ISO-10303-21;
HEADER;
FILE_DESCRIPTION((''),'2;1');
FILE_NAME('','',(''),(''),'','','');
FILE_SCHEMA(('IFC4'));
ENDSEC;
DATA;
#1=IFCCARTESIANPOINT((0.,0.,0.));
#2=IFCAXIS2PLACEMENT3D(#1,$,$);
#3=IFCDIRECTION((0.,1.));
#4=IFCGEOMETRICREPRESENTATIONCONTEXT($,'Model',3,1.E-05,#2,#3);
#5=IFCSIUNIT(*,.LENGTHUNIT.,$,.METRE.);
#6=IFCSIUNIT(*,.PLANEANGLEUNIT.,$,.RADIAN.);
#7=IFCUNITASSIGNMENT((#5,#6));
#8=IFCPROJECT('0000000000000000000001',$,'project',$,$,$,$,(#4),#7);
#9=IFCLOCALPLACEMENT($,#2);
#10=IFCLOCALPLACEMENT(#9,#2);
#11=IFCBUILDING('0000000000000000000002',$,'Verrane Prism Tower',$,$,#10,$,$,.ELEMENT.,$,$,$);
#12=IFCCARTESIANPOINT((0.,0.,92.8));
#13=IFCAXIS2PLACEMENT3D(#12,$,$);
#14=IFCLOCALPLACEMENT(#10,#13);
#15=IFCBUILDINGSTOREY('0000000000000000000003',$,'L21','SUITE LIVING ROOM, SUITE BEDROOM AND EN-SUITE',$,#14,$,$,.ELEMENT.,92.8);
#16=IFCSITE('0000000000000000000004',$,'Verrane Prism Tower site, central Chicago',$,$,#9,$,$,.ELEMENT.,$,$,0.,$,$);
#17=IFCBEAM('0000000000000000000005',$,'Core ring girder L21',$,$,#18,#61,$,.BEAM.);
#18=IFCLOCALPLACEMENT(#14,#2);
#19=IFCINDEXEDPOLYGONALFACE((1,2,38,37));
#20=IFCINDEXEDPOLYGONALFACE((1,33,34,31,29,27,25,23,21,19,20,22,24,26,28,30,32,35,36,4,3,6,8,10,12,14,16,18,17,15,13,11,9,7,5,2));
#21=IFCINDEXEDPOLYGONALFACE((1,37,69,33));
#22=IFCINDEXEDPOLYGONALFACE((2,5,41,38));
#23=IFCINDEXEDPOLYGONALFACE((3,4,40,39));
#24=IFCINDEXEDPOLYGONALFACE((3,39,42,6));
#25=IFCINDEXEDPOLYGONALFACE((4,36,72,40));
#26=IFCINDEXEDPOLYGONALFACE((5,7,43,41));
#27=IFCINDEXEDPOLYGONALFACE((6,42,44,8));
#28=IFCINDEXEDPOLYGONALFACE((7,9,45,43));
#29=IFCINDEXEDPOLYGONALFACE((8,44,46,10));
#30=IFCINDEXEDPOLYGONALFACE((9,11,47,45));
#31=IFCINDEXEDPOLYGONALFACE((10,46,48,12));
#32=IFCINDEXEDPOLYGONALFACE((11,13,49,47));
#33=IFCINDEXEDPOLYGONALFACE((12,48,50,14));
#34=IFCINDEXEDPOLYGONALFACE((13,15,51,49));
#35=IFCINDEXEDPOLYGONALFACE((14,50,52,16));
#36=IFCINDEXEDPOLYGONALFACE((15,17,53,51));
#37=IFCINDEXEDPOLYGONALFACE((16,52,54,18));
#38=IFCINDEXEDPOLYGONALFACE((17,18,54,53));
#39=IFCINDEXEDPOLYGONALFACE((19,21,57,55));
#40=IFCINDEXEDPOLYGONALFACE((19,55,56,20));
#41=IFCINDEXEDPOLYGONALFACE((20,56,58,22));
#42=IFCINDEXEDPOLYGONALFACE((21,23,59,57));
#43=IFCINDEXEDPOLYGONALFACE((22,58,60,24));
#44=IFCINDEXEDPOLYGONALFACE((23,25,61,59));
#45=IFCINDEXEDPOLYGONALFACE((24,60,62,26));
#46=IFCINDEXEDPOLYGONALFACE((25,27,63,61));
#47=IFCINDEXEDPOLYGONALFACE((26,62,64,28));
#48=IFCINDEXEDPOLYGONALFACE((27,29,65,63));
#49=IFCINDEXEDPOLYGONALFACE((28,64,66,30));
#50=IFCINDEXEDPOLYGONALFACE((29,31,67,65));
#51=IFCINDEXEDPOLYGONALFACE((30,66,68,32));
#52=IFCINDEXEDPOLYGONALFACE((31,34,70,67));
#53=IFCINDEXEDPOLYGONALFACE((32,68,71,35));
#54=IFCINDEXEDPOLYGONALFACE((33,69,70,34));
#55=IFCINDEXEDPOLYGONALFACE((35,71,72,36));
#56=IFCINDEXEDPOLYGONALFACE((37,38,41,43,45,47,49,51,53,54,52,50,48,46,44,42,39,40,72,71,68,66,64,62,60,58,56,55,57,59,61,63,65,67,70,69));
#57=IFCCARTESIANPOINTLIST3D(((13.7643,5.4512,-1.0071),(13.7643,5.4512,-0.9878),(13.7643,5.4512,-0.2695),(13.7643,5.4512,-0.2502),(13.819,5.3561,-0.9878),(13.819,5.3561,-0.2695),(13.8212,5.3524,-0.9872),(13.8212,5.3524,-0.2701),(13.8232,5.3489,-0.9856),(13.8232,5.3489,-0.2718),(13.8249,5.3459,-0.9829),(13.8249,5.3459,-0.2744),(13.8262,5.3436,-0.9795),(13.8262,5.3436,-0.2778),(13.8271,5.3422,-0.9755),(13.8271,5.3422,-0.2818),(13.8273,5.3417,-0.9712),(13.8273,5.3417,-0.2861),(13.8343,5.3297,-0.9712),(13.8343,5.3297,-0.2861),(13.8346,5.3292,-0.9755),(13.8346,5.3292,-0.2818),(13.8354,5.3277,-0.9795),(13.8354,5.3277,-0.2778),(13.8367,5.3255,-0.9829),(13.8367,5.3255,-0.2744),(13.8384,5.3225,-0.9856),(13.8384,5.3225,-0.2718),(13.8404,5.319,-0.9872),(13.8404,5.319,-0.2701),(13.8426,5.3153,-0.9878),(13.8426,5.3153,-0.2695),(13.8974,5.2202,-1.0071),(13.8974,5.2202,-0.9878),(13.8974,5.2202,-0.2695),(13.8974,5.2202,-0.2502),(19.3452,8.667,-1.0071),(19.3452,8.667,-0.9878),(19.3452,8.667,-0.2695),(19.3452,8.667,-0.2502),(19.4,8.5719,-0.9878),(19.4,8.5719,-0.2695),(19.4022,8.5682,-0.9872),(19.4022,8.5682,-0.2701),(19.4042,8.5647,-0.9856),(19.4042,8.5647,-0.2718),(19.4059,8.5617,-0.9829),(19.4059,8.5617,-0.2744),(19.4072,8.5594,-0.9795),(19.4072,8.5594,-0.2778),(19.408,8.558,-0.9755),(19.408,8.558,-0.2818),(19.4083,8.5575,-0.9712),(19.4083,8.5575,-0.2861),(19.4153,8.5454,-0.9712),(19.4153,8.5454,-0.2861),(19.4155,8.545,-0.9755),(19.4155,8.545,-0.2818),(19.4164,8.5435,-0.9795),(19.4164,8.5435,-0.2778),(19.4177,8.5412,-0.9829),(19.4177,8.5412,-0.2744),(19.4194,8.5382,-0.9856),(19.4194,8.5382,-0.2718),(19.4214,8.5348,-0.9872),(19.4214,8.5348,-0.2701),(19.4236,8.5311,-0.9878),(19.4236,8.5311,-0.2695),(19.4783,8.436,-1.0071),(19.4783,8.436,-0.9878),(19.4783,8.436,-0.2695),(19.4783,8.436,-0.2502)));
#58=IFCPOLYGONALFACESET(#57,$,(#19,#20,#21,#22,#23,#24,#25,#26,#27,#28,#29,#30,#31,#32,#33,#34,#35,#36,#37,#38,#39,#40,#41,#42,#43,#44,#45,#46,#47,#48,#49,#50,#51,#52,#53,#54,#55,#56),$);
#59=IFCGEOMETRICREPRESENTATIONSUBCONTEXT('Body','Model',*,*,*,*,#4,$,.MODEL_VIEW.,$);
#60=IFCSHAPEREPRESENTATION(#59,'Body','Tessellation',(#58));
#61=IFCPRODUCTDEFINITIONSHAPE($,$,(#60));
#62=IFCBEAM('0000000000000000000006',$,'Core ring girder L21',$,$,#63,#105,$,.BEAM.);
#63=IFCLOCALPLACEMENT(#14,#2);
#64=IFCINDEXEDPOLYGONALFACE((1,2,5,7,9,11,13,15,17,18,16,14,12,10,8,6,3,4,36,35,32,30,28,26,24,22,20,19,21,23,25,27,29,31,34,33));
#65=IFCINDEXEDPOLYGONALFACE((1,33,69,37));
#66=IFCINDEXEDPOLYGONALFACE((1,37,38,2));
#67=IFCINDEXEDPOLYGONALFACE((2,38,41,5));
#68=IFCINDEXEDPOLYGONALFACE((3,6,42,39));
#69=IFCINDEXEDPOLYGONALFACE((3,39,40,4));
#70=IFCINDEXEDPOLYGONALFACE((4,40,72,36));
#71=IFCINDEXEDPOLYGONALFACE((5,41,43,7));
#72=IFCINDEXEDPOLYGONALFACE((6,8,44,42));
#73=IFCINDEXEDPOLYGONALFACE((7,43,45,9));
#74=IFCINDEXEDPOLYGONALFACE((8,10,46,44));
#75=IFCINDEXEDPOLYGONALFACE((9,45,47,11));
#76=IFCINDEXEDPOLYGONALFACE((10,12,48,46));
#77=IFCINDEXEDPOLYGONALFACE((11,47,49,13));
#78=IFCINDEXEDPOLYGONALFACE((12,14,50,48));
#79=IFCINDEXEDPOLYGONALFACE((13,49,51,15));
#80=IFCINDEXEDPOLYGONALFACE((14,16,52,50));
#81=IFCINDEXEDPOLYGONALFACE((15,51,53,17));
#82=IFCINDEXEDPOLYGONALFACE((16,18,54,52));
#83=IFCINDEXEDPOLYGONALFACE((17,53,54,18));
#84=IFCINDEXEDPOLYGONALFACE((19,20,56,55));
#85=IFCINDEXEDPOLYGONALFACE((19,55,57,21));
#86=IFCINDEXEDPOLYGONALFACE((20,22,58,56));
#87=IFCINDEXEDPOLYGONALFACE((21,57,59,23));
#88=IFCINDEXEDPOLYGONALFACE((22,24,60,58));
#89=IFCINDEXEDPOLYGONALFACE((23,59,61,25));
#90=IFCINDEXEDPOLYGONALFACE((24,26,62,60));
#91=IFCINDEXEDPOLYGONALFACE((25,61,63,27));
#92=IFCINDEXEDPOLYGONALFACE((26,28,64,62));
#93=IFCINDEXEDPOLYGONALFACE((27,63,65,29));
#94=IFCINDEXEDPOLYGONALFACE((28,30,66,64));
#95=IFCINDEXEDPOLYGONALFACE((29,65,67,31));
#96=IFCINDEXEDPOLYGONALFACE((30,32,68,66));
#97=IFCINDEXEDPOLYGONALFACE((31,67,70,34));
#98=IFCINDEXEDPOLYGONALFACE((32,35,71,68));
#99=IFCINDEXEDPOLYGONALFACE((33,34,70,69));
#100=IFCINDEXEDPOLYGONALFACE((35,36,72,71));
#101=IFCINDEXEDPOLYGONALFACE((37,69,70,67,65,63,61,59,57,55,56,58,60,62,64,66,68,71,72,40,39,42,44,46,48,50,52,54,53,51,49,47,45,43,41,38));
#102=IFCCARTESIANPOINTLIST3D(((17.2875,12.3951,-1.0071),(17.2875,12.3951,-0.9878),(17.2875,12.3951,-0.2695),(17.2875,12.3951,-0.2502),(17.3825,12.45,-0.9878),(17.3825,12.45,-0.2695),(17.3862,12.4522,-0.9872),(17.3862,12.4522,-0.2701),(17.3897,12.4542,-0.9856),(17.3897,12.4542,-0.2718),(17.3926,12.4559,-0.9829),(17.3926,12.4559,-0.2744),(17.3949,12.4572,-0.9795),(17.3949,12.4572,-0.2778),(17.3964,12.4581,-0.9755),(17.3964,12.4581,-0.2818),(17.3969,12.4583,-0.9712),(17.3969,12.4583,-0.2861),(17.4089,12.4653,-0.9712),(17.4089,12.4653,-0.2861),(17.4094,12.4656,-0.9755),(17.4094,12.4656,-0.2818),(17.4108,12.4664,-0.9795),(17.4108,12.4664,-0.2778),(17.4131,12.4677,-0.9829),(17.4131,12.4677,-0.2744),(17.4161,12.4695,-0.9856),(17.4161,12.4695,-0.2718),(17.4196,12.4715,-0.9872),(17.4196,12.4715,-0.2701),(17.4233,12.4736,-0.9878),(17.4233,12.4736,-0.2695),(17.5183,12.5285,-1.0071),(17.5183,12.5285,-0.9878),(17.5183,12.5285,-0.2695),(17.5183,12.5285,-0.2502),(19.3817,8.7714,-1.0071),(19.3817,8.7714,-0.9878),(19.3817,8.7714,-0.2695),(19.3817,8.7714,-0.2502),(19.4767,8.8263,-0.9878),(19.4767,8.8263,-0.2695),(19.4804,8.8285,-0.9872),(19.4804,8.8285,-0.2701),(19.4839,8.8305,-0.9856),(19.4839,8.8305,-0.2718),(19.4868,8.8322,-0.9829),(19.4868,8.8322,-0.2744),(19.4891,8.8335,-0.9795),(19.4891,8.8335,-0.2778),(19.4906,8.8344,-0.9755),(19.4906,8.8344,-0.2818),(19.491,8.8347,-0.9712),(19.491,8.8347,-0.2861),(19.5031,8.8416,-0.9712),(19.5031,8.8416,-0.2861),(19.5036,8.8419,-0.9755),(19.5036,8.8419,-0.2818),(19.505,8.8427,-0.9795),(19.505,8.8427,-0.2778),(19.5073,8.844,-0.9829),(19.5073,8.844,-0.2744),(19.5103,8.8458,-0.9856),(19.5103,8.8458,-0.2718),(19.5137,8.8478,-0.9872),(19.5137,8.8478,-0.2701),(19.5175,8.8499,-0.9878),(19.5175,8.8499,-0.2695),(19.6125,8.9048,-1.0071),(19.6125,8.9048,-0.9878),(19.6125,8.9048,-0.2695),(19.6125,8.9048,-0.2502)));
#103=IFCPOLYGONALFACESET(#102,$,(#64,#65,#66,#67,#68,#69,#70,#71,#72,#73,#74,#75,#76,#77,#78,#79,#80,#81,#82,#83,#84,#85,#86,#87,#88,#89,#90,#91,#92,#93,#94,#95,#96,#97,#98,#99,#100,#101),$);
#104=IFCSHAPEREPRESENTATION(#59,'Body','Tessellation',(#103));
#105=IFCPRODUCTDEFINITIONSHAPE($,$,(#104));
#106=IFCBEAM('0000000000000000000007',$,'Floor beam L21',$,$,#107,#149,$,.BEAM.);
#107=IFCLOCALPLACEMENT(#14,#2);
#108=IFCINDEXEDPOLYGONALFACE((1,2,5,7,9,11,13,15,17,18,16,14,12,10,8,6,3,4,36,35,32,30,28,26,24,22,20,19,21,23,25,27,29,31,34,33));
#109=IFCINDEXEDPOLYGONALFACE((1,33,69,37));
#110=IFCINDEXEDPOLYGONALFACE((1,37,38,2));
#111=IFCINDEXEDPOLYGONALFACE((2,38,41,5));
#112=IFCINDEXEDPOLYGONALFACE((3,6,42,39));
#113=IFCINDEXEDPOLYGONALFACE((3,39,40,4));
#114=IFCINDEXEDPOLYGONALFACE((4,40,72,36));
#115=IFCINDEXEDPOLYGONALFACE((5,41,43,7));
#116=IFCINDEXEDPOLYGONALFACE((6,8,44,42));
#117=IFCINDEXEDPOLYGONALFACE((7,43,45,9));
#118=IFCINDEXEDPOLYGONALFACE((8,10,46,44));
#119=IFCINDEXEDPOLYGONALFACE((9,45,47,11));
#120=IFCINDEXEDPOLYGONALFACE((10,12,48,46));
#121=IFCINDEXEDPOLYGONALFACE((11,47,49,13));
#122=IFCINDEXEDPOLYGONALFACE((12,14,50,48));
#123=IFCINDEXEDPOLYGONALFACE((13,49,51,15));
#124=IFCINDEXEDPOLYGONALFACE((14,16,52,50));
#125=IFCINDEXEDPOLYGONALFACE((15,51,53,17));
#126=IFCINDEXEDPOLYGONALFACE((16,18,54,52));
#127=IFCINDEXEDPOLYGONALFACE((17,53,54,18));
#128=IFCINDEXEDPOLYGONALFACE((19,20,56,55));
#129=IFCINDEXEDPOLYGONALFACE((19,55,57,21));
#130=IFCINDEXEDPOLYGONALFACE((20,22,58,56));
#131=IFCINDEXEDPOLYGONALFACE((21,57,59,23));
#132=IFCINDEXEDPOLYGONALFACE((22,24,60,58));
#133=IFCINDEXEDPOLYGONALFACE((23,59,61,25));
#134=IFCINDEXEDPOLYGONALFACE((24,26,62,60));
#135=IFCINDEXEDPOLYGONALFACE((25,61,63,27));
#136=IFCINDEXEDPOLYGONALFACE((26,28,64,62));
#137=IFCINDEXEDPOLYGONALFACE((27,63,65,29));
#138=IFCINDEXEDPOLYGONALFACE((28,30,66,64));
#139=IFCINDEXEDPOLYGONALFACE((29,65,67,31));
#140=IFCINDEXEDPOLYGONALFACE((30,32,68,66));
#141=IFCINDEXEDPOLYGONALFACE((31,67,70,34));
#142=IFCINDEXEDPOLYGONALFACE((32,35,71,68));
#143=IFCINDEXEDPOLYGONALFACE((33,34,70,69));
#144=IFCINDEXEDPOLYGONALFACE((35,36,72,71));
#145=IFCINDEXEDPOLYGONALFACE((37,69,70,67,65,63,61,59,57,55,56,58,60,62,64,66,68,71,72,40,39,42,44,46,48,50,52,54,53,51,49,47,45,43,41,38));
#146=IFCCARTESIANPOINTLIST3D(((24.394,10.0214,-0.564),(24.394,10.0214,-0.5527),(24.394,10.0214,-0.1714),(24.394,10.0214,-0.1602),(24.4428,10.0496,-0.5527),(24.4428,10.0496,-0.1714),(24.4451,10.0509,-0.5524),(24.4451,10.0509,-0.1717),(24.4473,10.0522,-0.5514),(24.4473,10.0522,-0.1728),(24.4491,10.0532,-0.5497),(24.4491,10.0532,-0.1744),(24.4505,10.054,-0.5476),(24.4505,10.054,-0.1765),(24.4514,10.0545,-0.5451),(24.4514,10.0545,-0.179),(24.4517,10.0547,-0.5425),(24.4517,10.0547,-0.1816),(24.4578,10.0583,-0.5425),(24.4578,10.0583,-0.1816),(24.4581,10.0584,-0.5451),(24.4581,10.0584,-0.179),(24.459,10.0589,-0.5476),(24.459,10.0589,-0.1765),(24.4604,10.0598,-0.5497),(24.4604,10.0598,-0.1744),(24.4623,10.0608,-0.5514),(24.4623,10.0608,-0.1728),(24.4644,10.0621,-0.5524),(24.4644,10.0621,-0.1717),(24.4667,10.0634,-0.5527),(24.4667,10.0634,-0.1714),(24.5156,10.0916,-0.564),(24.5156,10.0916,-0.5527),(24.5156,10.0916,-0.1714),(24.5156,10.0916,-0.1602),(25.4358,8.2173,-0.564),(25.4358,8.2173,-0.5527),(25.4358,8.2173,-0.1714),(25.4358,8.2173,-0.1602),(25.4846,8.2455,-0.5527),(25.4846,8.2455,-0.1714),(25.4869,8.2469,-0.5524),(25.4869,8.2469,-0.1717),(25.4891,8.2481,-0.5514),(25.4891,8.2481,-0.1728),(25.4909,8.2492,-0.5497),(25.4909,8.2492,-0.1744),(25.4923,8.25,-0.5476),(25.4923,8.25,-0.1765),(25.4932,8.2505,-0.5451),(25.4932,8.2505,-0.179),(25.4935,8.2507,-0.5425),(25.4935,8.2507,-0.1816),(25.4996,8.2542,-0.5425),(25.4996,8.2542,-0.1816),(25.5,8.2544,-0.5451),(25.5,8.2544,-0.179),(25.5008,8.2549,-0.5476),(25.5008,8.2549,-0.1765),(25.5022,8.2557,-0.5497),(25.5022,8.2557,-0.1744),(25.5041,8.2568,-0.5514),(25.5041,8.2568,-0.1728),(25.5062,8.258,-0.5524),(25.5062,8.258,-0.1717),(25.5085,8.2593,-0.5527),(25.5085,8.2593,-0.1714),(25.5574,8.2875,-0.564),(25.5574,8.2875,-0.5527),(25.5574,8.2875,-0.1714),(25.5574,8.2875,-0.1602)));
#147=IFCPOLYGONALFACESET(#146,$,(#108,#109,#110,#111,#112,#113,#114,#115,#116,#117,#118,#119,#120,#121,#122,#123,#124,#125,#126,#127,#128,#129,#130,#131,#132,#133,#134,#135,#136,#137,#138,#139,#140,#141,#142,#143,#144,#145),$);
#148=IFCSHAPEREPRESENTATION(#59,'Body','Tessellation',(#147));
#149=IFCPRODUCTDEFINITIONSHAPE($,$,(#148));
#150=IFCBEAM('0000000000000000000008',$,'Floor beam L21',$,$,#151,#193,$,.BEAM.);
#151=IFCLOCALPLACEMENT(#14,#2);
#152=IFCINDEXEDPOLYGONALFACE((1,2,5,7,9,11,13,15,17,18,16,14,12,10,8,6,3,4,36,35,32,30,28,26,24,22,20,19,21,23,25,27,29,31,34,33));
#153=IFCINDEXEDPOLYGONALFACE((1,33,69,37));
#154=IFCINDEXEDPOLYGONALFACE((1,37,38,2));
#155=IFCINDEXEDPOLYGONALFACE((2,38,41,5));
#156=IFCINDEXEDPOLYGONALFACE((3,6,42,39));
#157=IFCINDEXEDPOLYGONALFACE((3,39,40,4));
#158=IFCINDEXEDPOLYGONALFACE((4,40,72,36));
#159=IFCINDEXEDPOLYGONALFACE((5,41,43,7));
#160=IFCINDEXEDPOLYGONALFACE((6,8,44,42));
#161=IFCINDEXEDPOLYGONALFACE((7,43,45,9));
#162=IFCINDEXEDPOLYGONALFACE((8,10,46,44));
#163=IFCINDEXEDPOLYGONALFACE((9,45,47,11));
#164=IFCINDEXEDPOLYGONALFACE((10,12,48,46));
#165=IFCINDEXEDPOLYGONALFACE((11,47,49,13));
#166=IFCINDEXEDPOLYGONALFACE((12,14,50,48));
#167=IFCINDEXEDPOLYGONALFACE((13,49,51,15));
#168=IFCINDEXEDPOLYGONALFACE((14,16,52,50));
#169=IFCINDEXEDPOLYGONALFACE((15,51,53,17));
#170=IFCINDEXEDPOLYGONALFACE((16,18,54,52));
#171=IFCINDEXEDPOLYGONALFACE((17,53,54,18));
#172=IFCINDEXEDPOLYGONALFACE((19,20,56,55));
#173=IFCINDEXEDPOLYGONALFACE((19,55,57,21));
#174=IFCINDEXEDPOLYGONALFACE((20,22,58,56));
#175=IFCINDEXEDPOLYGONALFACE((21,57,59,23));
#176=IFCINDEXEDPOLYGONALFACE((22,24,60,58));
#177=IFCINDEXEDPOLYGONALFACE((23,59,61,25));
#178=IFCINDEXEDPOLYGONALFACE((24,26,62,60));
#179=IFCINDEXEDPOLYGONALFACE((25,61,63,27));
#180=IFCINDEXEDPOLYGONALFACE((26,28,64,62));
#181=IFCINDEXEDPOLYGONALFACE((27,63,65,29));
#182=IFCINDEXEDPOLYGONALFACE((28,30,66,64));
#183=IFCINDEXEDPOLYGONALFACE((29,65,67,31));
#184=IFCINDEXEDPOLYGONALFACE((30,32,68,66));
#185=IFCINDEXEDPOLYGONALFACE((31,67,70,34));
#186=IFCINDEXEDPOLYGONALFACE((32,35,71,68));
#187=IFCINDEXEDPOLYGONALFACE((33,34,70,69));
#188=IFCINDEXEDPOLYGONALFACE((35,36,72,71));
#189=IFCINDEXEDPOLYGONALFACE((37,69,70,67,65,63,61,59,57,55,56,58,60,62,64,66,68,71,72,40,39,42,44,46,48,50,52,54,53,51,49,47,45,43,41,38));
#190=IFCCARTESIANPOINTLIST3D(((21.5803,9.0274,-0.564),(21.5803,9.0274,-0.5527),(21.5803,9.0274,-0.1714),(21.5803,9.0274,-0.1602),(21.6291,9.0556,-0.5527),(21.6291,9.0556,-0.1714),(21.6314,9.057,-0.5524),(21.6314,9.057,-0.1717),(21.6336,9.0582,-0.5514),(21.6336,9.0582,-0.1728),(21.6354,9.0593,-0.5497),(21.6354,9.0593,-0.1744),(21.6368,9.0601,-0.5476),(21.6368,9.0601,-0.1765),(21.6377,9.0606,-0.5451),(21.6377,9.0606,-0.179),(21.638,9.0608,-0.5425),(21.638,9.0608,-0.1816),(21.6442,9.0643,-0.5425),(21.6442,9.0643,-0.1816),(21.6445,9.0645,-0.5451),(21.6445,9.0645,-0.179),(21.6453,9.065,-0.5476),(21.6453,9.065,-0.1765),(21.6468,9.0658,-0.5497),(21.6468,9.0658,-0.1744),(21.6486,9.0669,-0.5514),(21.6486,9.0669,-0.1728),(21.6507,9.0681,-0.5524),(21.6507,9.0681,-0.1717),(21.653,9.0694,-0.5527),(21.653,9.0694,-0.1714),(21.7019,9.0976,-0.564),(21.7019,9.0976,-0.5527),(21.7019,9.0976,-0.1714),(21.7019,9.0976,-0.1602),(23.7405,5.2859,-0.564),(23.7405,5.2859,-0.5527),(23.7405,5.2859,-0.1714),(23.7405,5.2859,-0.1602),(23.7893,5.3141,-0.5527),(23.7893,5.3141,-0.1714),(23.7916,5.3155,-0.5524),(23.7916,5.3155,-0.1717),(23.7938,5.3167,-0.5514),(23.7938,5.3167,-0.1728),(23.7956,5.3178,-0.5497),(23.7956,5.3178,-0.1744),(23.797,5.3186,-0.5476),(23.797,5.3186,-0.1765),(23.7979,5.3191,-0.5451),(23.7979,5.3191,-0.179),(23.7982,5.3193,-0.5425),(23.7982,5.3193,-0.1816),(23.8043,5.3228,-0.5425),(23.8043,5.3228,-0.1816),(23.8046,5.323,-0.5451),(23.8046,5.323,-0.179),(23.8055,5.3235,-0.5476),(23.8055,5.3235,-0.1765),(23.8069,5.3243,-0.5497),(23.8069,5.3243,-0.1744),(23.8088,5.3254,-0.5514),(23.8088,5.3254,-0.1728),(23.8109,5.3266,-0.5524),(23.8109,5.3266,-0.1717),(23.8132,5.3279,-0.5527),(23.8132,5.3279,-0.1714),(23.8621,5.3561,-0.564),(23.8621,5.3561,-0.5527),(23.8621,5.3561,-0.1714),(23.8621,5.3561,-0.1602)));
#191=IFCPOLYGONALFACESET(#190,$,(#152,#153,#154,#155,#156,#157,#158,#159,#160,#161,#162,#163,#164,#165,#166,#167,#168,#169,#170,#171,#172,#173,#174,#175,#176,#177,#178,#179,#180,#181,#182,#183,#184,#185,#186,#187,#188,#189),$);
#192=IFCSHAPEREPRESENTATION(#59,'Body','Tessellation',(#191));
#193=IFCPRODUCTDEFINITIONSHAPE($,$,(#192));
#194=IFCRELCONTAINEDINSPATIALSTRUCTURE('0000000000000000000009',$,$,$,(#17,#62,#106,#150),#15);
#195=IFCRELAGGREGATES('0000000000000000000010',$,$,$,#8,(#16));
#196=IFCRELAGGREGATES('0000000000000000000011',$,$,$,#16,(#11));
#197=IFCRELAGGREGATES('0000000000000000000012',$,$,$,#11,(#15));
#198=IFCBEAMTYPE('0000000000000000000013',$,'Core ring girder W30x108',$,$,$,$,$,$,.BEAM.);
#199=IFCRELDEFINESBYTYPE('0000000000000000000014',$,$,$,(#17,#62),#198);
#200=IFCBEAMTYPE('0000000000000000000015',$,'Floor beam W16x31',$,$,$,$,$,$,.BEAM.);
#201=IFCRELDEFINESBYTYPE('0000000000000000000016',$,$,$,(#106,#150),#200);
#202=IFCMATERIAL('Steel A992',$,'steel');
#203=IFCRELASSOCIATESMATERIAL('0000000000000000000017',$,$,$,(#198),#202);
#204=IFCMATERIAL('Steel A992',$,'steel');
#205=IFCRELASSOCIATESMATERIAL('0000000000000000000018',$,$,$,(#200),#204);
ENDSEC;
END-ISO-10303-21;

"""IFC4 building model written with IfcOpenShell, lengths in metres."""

from ifc_helpers import new_model, si_unit, direction, frame, origin, origin_2d, place, context, subcontext, project, spatial, i_section, extrude, material, material_profile, profile_set, type_object, element, save


model = new_model("IFC4")

# Units and contexts
model_context = context("Model", 3, precision=1e-05, world=origin(), true_north=direction((0.0, 1.0)))
body_context = subcontext(model_context, "Body", "Model", "MODEL_VIEW")
ifc_project = project(units=[si_unit("LENGTHUNIT", "METRE"), si_unit("PLANEANGLEUNIT", "RADIAN")], contexts=[model_context])

# Site, building, storey
site_placement = place(None, origin())
site = spatial("IfcSite", under=ifc_project, at=site_placement, Name="Verrane Prism Tower site, central Chicago", CompositionType="ELEMENT", RefElevation=0.0)
building_placement = place(site_placement, origin())
building = spatial("IfcBuilding", under=site, at=building_placement, Name="Verrane Prism Tower", CompositionType="ELEMENT")
storey_placement = place(building_placement, frame((0.0, 0.0, 92.8)))
storey = spatial("IfcBuildingStorey", under=building, at=storey_placement, Name="L21", Description="SUITE LIVING ROOM, SUITE BEDROOM AND EN-SUITE", CompositionType="ELEMENT", Elevation=92.8)

# Beams
ifc_material_1 = material(Name="Steel A992", Category="steel")
ifc_material_profile_1 = material_profile(ifc_material_1, i_section(OverallWidth=0.2666, OverallDepth=0.7568, WebThickness=0.0139, FlangeThickness=0.0193, FilletRadius=0.0166, at=origin_2d()), Name="W30x108")
ifc_profile_set_1 = profile_set([ifc_material_profile_1], Name="Steel A992")
beam_type_1 = type_object("IfcBeamType", Name="Core ring girder W30x108", PredefinedType="BEAM", material=ifc_profile_set_1)
beam_1_placement = place(storey_placement, frame((13.8308, 5.3357, -0.6287), z_axis=(0.866456, 0.499254, 0.0), x_axis=(-0.499254, 0.866456, 0.0)))
element("IfcBeam", 1, at=beam_1_placement, inside=storey, type_object=beam_type_1, Name="Core ring girder L21", PredefinedType="BEAM", context=body_context, shape_type="SweptSolid", body=[
    extrude(i_section(OverallWidth=0.2666, OverallDepth=0.7568, WebThickness=0.0139, FlangeThickness=0.0193, FilletRadius=0.0166, at=origin_2d()), origin(), (0.0, 0.0, 1.0), 6.4412),
])
beam_2_placement = place(storey_placement, frame((19.4971, 8.8381, -0.6287), z_axis=(-0.500367, 0.865813, 0.0), x_axis=(-0.865813, -0.500367, 0.0)))
element("IfcBeam", 2, at=beam_2_placement, inside=storey, type_object=beam_type_1, Name="Core ring girder L21", PredefinedType="BEAM", context=body_context, shape_type="SweptSolid", body=[
    extrude(i_section(OverallWidth=0.2666, OverallDepth=0.7568, WebThickness=0.0139, FlangeThickness=0.0193, FilletRadius=0.0166, at=origin_2d()), origin(), (0.0, 0.0, 1.0), 4.1853),
])
ifc_material_2 = material(Name="Steel A992", Category="steel")
ifc_material_profile_2 = material_profile(ifc_material_2, i_section(OverallWidth=0.1404, OverallDepth=0.4038, WebThickness=0.0071, FlangeThickness=0.0112, FilletRadius=0.0103, at=origin_2d()), Name="W16x31")
ifc_profile_set_2 = profile_set([ifc_material_profile_2], Name="Steel A992")
beam_type_2 = type_object("IfcBeamType", Name="Floor beam W16x31", PredefinedType="BEAM", material=ifc_profile_set_2)
beam_3_placement = place(storey_placement, frame((25.4966, 8.2524, -0.3621), z_axis=(-0.500084, 0.865977, 0.0), x_axis=(-0.865977, -0.500084, 0.0)))
element("IfcBeam", 3, at=beam_3_placement, inside=storey, type_object=beam_type_2, Name="Floor beam L21", PredefinedType="BEAM", context=body_context, shape_type="SweptSolid", body=[
    extrude(i_section(OverallWidth=0.1404, OverallDepth=0.4038, WebThickness=0.0071, FlangeThickness=0.0112, FilletRadius=0.0103, at=origin_2d()), origin(), (0.0, 0.0, 1.0), 2.0833),
])
beam_4_placement = place(storey_placement, frame((23.8013, 5.321, -0.3621), z_axis=(-0.500005, 0.866023, 0.0), x_axis=(-0.866023, -0.500005, 0.0)))
element("IfcBeam", 4, at=beam_4_placement, inside=storey, type_object=beam_type_2, Name="Floor beam L21", PredefinedType="BEAM", context=body_context, shape_type="SweptSolid", body=[
    extrude(i_section(OverallWidth=0.1404, OverallDepth=0.4038, WebThickness=0.0071, FlangeThickness=0.0112, FilletRadius=0.0103, at=origin_2d()), origin(), (0.0, 0.0, 1.0), 4.3203),
])

save(model, "model.ifc")
